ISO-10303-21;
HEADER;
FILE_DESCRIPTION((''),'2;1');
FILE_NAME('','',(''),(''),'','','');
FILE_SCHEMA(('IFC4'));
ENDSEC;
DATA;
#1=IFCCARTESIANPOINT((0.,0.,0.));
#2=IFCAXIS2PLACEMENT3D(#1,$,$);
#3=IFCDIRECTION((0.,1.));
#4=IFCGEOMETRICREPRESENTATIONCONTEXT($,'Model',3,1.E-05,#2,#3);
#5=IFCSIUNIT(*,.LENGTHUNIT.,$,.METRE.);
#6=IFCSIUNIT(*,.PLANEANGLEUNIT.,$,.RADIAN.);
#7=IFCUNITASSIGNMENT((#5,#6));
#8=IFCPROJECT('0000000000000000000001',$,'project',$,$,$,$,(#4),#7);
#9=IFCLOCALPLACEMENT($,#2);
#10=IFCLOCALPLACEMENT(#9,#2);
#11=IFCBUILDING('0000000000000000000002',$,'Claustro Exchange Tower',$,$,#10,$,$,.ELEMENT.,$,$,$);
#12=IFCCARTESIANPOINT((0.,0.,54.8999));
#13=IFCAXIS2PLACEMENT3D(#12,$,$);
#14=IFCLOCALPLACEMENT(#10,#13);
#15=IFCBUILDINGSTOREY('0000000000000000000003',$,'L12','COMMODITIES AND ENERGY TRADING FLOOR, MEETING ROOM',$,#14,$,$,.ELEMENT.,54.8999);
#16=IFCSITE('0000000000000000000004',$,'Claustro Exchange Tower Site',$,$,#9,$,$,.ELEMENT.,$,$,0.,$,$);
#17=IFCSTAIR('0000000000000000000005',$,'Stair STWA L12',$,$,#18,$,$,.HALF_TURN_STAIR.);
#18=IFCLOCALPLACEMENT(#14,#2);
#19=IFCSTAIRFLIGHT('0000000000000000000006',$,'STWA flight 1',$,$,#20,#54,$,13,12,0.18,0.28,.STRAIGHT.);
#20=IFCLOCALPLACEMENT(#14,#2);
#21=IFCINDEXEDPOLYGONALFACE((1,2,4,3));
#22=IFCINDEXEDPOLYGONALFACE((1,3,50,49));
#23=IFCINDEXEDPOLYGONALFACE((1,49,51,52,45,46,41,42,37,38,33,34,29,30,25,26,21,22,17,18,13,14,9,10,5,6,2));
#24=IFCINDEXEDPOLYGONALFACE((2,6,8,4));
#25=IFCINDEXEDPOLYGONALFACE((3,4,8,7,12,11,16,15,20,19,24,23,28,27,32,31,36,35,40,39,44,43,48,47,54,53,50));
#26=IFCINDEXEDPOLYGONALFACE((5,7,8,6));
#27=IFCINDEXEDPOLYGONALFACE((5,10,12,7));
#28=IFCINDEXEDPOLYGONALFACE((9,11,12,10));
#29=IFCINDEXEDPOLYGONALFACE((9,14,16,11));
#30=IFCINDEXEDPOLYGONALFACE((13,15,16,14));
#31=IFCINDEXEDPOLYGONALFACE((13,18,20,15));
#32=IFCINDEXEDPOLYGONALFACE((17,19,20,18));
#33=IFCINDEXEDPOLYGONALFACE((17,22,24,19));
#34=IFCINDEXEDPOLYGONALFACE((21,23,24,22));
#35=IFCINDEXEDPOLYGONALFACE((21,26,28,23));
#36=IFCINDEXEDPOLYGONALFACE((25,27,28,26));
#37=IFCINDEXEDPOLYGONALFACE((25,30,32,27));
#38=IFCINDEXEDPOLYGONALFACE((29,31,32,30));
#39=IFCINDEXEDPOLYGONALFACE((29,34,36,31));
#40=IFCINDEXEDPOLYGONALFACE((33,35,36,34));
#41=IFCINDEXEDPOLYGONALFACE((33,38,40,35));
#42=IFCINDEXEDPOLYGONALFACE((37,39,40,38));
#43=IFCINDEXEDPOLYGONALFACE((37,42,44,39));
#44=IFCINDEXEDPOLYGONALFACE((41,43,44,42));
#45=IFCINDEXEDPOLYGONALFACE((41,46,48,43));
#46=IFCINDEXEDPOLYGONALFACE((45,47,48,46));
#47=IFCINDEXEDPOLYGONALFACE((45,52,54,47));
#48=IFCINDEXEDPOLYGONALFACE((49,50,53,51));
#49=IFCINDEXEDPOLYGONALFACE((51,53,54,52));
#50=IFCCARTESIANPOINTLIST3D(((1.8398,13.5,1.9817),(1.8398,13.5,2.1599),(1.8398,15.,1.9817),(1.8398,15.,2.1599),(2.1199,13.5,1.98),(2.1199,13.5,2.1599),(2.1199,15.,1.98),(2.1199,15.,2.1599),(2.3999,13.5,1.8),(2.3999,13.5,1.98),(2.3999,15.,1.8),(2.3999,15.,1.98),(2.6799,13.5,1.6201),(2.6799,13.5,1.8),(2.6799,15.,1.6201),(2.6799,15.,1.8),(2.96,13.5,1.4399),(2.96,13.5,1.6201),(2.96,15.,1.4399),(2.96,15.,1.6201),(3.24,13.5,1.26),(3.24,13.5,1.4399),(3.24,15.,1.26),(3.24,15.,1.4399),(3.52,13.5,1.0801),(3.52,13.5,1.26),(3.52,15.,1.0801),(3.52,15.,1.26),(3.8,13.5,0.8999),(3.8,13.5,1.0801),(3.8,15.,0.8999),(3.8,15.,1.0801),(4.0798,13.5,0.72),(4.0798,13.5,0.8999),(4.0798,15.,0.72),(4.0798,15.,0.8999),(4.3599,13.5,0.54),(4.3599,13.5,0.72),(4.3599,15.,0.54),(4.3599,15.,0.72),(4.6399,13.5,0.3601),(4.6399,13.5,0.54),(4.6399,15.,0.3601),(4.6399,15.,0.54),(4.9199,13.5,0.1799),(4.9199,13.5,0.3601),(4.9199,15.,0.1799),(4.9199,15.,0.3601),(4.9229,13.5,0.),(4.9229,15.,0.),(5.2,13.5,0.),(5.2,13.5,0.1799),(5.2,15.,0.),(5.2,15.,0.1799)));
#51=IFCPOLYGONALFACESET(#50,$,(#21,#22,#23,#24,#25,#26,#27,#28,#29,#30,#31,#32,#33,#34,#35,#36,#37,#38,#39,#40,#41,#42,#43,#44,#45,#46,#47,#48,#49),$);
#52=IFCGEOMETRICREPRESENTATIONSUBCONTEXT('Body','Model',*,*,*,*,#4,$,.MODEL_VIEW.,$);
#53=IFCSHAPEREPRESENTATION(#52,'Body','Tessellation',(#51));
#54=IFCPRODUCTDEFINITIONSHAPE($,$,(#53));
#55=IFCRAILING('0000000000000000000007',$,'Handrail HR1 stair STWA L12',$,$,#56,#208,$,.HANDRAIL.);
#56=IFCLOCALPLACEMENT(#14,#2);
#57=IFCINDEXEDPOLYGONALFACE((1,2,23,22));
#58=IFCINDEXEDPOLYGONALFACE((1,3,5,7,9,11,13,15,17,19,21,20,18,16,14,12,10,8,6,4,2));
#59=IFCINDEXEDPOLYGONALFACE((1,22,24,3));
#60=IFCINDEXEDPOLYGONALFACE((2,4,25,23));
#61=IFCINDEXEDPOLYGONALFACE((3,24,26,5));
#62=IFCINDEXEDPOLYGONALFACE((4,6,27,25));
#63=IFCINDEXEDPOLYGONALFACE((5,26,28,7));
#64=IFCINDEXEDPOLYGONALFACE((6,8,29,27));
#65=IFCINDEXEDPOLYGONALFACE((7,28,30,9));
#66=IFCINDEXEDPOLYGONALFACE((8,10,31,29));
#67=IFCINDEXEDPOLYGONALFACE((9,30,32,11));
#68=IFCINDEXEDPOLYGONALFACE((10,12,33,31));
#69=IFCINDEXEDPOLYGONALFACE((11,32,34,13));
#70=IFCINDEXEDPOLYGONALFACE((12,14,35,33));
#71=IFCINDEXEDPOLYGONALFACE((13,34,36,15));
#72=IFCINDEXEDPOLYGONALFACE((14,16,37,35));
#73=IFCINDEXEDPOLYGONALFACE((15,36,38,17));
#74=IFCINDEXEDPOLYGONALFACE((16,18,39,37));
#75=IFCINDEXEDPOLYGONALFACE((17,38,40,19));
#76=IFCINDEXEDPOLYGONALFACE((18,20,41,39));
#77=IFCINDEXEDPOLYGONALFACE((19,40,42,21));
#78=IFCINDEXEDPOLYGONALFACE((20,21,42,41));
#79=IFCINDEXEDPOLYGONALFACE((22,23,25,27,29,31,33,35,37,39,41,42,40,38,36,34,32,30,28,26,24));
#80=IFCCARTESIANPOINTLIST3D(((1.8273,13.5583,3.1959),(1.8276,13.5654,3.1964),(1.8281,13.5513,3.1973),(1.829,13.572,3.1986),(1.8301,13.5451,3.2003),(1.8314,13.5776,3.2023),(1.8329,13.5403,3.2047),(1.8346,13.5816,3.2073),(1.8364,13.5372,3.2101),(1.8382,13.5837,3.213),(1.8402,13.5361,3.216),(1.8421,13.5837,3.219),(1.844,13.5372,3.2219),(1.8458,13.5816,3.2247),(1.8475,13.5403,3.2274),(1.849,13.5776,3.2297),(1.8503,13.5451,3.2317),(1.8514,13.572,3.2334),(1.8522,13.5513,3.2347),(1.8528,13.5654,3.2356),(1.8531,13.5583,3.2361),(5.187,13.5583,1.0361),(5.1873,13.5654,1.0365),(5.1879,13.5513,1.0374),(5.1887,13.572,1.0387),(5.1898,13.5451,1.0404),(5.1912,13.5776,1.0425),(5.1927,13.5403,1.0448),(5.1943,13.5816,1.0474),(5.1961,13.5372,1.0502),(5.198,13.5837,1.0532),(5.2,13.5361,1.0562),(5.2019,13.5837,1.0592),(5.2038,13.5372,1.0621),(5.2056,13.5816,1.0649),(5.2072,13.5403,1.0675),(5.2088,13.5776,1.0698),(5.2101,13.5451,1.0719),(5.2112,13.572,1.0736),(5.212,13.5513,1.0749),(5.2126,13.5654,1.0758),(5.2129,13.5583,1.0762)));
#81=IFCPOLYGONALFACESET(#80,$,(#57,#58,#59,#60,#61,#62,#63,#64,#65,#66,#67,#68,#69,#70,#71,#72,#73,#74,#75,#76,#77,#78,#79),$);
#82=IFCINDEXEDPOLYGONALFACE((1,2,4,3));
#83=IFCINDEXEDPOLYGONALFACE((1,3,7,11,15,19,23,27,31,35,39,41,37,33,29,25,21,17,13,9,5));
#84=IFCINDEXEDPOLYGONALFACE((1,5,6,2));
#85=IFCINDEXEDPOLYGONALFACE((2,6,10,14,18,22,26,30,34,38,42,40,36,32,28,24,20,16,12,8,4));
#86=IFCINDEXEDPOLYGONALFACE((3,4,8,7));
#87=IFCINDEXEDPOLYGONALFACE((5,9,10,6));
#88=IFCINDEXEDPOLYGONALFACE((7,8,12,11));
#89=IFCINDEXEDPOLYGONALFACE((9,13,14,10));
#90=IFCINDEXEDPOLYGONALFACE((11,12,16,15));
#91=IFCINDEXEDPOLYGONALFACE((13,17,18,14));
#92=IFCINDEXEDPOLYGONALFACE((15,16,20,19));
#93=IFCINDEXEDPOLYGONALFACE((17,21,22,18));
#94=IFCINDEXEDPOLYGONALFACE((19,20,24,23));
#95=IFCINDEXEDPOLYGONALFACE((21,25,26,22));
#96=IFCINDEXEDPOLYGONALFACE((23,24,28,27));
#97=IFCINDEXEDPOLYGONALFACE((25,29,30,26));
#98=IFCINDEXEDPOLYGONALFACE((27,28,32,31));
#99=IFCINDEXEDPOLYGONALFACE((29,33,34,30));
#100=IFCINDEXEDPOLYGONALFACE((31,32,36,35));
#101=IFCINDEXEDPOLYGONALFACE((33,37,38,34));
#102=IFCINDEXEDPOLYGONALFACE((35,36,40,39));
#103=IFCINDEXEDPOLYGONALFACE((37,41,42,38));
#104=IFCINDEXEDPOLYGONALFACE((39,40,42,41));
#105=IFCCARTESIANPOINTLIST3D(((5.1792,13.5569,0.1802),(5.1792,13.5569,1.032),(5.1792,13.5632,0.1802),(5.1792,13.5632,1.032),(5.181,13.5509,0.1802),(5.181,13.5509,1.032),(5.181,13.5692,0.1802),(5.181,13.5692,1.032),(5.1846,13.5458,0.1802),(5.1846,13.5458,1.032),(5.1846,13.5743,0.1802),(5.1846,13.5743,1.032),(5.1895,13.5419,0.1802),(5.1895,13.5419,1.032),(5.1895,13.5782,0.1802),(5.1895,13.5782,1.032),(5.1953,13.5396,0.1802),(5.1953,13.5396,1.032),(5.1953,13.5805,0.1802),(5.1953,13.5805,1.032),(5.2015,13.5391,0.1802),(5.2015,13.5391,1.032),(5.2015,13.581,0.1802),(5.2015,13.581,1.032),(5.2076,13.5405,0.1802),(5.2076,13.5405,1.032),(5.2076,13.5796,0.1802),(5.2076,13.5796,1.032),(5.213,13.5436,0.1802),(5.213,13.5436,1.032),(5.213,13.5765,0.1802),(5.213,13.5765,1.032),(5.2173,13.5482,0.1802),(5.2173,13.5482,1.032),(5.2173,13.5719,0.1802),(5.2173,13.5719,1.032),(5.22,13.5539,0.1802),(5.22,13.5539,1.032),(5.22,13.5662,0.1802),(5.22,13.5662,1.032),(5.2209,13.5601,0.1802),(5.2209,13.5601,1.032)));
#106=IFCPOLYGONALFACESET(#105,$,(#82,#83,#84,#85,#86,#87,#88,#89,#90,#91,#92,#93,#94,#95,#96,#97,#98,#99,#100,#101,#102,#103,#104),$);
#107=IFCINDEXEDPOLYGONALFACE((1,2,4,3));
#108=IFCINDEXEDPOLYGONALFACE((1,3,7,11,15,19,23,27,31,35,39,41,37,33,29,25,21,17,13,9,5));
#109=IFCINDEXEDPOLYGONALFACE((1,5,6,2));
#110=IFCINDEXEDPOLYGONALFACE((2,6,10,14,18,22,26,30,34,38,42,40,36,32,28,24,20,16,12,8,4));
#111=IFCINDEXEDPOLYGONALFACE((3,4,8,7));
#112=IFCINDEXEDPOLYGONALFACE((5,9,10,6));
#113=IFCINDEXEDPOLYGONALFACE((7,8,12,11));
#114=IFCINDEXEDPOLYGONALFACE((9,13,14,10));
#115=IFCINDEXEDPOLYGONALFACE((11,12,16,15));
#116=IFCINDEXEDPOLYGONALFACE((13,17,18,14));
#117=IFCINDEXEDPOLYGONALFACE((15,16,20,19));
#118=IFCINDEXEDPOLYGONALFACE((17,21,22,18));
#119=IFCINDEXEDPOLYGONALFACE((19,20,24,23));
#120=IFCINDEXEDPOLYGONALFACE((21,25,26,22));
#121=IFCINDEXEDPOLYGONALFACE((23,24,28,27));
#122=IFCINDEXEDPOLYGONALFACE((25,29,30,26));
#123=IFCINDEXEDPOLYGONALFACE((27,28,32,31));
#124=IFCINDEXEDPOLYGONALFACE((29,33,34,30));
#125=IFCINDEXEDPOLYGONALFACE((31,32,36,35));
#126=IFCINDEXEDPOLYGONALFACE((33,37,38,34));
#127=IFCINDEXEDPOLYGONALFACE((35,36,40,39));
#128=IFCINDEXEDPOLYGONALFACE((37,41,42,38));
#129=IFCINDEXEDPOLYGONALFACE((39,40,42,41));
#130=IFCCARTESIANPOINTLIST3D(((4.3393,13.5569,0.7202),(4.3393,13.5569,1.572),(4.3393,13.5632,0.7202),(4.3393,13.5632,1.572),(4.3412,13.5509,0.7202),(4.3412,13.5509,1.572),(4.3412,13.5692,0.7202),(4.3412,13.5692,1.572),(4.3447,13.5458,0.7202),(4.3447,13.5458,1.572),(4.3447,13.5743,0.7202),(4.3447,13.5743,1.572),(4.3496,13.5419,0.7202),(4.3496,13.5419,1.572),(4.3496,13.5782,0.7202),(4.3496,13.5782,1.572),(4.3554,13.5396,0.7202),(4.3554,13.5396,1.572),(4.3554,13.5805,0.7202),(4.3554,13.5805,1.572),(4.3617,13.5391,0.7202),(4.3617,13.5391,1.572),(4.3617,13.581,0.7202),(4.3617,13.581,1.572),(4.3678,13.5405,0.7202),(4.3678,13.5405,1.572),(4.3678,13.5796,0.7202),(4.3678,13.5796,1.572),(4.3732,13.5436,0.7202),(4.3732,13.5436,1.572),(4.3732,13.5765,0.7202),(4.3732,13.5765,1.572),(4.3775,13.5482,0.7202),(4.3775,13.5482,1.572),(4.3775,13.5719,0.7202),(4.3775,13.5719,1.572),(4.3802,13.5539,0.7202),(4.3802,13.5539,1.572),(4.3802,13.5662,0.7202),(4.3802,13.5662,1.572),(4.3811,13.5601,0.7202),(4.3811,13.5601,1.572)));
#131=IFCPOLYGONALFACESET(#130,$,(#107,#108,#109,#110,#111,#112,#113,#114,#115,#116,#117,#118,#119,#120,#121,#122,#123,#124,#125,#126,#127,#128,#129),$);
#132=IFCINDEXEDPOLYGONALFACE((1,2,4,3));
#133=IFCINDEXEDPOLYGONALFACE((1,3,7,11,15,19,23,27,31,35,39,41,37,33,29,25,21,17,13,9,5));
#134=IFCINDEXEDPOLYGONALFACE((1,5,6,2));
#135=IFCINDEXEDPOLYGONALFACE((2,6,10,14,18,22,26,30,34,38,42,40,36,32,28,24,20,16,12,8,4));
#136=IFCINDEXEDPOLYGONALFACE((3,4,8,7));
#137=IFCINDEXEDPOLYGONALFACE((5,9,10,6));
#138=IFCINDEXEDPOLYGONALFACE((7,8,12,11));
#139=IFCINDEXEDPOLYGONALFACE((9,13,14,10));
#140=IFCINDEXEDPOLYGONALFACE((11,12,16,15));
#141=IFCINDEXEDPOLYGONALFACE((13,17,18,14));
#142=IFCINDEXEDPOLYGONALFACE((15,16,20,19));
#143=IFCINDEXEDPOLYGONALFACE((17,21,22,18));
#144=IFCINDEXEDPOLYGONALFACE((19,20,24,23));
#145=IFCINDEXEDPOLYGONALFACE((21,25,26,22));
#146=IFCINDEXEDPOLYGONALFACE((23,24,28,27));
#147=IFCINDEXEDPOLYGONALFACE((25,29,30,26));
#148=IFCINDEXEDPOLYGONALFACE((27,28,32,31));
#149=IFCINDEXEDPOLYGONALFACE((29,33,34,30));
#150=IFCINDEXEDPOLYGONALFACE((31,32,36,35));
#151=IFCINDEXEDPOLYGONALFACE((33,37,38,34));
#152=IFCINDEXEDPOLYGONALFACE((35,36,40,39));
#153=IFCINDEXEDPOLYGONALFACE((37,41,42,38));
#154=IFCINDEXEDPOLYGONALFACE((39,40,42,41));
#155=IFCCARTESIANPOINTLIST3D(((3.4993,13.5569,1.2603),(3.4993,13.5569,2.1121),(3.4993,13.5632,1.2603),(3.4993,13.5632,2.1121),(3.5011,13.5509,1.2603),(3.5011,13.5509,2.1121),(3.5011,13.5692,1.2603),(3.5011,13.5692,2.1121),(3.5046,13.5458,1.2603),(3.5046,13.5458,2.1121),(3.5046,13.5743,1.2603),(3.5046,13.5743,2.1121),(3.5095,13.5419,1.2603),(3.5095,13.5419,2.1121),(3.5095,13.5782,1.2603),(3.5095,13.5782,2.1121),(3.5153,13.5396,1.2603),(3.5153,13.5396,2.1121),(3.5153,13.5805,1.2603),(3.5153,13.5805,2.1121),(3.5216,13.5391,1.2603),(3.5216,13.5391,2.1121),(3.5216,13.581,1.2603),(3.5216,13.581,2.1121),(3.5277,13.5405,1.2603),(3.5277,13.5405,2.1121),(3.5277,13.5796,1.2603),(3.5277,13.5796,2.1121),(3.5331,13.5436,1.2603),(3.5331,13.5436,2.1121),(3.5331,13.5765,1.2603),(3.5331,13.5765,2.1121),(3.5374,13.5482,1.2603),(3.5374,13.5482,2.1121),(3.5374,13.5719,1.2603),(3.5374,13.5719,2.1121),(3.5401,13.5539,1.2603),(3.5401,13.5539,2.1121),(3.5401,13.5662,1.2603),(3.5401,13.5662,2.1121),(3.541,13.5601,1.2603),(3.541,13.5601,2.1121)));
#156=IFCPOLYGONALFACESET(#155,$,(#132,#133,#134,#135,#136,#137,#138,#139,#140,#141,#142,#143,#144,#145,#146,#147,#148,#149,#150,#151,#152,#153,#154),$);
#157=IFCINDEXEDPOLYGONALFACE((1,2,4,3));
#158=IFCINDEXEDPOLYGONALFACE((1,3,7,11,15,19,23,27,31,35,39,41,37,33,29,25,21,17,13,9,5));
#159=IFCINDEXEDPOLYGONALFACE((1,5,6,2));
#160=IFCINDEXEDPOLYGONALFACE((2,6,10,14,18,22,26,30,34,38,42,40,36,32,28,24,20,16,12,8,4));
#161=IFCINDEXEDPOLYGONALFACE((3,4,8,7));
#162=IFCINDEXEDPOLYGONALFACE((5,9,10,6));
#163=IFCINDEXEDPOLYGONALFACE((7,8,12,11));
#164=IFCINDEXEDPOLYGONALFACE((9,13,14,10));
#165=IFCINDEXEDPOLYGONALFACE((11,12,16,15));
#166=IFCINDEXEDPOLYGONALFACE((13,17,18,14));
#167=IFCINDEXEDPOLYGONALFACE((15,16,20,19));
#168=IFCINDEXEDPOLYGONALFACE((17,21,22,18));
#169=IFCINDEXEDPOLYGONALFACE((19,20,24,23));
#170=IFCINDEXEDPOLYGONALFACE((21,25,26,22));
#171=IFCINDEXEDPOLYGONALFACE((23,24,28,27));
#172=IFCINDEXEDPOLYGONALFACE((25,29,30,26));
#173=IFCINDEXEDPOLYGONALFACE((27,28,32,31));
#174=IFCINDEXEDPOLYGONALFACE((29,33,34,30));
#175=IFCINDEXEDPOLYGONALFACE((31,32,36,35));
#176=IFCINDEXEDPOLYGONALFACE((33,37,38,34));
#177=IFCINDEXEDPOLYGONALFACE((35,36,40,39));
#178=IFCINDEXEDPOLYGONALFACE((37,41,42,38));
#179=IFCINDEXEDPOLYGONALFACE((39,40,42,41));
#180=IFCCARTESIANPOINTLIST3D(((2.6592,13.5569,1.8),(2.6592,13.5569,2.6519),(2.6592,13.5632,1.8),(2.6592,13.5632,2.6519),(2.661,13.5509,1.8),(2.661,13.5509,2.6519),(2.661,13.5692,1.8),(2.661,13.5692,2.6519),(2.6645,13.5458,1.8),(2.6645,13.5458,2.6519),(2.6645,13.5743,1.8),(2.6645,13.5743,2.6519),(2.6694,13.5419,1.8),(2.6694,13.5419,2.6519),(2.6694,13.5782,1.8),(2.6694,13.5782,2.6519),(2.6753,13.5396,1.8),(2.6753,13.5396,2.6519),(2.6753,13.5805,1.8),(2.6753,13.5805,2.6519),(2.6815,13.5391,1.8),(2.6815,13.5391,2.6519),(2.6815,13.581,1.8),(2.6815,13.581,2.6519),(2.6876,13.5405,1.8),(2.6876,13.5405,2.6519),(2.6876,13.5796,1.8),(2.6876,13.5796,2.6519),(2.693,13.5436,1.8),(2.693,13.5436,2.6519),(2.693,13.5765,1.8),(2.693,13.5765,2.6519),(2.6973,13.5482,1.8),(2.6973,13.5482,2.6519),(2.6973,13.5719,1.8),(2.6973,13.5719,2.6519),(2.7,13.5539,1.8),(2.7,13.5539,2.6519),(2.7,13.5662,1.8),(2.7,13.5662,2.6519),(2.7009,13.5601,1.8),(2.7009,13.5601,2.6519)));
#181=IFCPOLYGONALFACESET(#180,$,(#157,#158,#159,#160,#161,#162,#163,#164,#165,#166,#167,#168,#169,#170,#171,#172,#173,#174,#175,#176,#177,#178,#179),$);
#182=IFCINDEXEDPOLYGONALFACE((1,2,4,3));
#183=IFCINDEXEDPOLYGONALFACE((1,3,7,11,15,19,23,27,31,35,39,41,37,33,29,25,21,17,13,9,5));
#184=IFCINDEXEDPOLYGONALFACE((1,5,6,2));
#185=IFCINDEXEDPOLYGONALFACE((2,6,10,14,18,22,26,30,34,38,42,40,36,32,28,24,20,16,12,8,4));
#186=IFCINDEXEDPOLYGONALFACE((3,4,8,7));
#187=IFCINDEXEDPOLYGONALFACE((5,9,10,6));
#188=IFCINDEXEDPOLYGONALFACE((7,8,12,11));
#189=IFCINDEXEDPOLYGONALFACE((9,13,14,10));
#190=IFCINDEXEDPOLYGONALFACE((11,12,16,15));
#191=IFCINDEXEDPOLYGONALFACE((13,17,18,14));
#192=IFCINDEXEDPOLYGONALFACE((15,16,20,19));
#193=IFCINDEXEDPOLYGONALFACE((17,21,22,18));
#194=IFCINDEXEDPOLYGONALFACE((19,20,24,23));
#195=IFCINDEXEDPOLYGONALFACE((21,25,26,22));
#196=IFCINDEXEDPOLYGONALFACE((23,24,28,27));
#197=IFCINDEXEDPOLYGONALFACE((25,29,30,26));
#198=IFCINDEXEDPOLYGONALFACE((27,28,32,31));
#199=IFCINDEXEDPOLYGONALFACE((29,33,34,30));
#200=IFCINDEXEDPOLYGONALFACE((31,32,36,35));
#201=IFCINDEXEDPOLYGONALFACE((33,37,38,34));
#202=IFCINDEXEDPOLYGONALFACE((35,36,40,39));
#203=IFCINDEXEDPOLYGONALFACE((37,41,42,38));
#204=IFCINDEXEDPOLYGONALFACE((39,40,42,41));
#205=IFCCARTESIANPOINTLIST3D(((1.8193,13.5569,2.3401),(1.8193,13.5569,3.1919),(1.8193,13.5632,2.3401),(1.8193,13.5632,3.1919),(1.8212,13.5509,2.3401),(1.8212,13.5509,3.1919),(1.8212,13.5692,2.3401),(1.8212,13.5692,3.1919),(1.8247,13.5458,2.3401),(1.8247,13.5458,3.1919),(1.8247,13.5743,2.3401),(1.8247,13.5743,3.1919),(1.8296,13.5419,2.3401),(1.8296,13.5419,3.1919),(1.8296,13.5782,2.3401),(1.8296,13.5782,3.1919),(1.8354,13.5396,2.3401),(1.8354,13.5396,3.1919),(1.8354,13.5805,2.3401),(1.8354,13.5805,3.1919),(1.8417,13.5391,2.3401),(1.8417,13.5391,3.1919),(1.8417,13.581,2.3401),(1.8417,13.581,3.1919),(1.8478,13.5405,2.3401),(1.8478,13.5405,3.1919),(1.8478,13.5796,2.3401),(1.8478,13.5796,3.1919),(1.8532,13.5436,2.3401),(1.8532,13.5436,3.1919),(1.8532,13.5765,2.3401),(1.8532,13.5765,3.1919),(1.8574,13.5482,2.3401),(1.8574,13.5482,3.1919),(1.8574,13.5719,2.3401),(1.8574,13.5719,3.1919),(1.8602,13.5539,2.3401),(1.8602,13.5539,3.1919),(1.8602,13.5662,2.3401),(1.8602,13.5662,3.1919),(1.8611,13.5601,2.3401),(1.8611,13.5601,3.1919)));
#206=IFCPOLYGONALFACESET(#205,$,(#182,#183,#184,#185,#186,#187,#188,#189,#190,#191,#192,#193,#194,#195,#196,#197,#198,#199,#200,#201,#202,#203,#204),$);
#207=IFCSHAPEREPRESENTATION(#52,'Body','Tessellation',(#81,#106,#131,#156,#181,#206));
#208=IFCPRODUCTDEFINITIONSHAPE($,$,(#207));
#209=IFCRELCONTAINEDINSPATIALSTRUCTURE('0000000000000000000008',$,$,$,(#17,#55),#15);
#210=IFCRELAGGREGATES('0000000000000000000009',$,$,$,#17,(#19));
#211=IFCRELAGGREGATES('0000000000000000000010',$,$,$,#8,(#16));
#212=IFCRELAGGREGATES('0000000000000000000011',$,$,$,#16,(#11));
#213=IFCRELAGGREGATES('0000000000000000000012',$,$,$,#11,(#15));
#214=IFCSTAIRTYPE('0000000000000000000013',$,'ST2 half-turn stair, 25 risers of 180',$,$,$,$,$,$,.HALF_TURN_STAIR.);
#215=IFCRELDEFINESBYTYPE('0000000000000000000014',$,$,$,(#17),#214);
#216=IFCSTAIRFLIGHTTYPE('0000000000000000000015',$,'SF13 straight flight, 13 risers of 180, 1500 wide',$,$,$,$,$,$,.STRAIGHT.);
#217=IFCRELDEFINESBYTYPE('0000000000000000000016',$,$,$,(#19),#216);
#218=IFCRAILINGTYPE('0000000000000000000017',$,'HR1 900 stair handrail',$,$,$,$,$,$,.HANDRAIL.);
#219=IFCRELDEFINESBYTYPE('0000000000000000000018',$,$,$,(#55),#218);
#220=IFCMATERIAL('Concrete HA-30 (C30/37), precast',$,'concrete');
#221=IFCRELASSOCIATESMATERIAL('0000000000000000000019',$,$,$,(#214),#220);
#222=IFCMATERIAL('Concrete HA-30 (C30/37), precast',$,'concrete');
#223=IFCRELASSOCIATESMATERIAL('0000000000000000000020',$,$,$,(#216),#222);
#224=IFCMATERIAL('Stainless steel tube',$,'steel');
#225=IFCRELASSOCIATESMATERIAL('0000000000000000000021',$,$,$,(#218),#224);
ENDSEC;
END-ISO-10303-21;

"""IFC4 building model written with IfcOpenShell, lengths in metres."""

from ifc_helpers import new_model, si_unit, direction, frame, origin, origin_2d, place, context, subcontext, project, spatial, polyline, circle, outline, extrude, material, type_object, element, aggregate, save


model = new_model("IFC4")

# Units and contexts
model_context = context("Model", 3, precision=1e-05, world=origin(), true_north=direction((0.0, 1.0)))
body_context = subcontext(model_context, "Body", "Model", "MODEL_VIEW")
ifc_project = project(units=[si_unit("LENGTHUNIT", "METRE"), si_unit("PLANEANGLEUNIT", "RADIAN")], contexts=[model_context])

# Site, building, storey
site_placement = place(None, origin())
site = spatial("IfcSite", under=ifc_project, at=site_placement, Name="Claustro Exchange Tower Site", CompositionType="ELEMENT", RefElevation=0.0)
building_placement = place(site_placement, origin())
building = spatial("IfcBuilding", under=site, at=building_placement, Name="Claustro Exchange Tower", CompositionType="ELEMENT")
storey_placement = place(building_placement, frame((0.0, 0.0, 54.8999)))
storey = spatial("IfcBuildingStorey", under=building, at=storey_placement, Name="L12", Description="COMMODITIES AND ENERGY TRADING FLOOR, MEETING ROOM", CompositionType="ELEMENT", Elevation=54.8999)

# Stair, stair flight
ifc_material_1 = material(Name="Concrete HA-30 (C30/37), precast", Category="concrete")
stair_type = type_object("IfcStairType", Name="ST2 half-turn stair, 25 risers of 180", PredefinedType="HALF_TURN_STAIR", material=ifc_material_1)
stair_placement = place(storey_placement, origin())
stair = element("IfcStair", 1, at=stair_placement, inside=storey, type_object=stair_type, Name="Stair STWA L12", PredefinedType="HALF_TURN_STAIR")
ifc_material_2 = material(Name="Concrete HA-30 (C30/37), precast", Category="concrete")
stair_flight_type = type_object("IfcStairFlightType", Name="SF13 straight flight, 13 risers of 180, 1500 wide", PredefinedType="STRAIGHT", material=ifc_material_2)
stair_flight_placement = place(storey_placement, frame((5.2, 14.25, 0.0), z_axis=(0.0, 0.0, 1.0), x_axis=(-1.0, 0.0, 0.0)))
stair_flight = element("IfcStairFlight", 2, at=stair_flight_placement, type_object=stair_flight_type, Name="STWA flight 1", NumberOfRisers=13, NumberOfTreads=12, PredefinedType="STRAIGHT", RiserHeight=0.18, TreadLength=0.28, context=body_context, shape_type="SweptSolid", body=[
    extrude(outline(polyline([(0.0, 0.0), (0.0, 0.1799), (0.28, 0.1799), (0.28, 0.3601), (0.5601, 0.3601), (0.5601, 0.54), (0.8401, 0.54), (0.8401, 0.72), (1.1201, 0.72), (1.1201, 0.8999), (1.3999, 0.8999), (1.3999, 1.0801), (1.6799, 1.0801), (1.6799, 1.26), (1.96, 1.26), (1.96, 1.4399), (2.24, 1.4399), (2.24, 1.6201), (2.52, 1.6201), (2.52, 1.8), (2.8, 1.8), (2.8, 1.98), (3.0801, 1.98), (3.0801, 2.1599), (3.3601, 2.1599), (3.3601, 2.3401), (3.3601, 1.9817), (0.2771, 0.0), (0.0, 0.0)])), frame((0.0, 0.75, 0.0), z_axis=(0.0, -1.0, 0.0), x_axis=(1.0, 0.0, 0.0)), (0.0, 0.0, 1.0), 1.5),
])
aggregate(stair, [stair_flight])

# Railing
ifc_material_3 = material(Name="Stainless steel tube", Category="steel")
railing_type_1 = type_object("IfcRailingType", Name="HR1 900 stair handrail", PredefinedType="HANDRAIL", material=ifc_material_3)
railing_1_placement = place(storey_placement, frame((5.2, 13.5601, 0.1802)))
element("IfcRailing", 3, at=railing_1_placement, inside=storey, type_object=railing_type_1, Name="Handrail HR1 stair STWA L12", PredefinedType="HANDRAIL", context=body_context, shape_type="SweptSolid", body=[
    extrude(circle(Radius=0.0239, at=origin_2d()), frame((0.0, 0.0, 0.876), z_axis=(-0.841178, 0.0, 0.540758), x_axis=(0.0, -1.0, 0.0)), (0.0, 0.0, 1.0), 3.9941),
    extrude(circle(Radius=0.021, at=origin_2d()), origin(), (0.0, 0.0, 1.0), 0.8518),
    extrude(circle(Radius=0.021, at=origin_2d()), frame((-0.8398, 0.0, 0.54)), (0.0, 0.0, 1.0), 0.8518),
    extrude(circle(Radius=0.021, at=origin_2d()), frame((-1.6799, 0.0, 1.0801)), (0.0, 0.0, 1.0), 0.8518),
    extrude(circle(Radius=0.021, at=origin_2d()), frame((-2.52, 0.0, 1.6199)), (0.0, 0.0, 1.0), 0.8518),
    extrude(circle(Radius=0.021, at=origin_2d()), frame((-3.3599, 0.0, 2.1599)), (0.0, 0.0, 1.0), 0.8518),
])

save(model, "model.ifc")
